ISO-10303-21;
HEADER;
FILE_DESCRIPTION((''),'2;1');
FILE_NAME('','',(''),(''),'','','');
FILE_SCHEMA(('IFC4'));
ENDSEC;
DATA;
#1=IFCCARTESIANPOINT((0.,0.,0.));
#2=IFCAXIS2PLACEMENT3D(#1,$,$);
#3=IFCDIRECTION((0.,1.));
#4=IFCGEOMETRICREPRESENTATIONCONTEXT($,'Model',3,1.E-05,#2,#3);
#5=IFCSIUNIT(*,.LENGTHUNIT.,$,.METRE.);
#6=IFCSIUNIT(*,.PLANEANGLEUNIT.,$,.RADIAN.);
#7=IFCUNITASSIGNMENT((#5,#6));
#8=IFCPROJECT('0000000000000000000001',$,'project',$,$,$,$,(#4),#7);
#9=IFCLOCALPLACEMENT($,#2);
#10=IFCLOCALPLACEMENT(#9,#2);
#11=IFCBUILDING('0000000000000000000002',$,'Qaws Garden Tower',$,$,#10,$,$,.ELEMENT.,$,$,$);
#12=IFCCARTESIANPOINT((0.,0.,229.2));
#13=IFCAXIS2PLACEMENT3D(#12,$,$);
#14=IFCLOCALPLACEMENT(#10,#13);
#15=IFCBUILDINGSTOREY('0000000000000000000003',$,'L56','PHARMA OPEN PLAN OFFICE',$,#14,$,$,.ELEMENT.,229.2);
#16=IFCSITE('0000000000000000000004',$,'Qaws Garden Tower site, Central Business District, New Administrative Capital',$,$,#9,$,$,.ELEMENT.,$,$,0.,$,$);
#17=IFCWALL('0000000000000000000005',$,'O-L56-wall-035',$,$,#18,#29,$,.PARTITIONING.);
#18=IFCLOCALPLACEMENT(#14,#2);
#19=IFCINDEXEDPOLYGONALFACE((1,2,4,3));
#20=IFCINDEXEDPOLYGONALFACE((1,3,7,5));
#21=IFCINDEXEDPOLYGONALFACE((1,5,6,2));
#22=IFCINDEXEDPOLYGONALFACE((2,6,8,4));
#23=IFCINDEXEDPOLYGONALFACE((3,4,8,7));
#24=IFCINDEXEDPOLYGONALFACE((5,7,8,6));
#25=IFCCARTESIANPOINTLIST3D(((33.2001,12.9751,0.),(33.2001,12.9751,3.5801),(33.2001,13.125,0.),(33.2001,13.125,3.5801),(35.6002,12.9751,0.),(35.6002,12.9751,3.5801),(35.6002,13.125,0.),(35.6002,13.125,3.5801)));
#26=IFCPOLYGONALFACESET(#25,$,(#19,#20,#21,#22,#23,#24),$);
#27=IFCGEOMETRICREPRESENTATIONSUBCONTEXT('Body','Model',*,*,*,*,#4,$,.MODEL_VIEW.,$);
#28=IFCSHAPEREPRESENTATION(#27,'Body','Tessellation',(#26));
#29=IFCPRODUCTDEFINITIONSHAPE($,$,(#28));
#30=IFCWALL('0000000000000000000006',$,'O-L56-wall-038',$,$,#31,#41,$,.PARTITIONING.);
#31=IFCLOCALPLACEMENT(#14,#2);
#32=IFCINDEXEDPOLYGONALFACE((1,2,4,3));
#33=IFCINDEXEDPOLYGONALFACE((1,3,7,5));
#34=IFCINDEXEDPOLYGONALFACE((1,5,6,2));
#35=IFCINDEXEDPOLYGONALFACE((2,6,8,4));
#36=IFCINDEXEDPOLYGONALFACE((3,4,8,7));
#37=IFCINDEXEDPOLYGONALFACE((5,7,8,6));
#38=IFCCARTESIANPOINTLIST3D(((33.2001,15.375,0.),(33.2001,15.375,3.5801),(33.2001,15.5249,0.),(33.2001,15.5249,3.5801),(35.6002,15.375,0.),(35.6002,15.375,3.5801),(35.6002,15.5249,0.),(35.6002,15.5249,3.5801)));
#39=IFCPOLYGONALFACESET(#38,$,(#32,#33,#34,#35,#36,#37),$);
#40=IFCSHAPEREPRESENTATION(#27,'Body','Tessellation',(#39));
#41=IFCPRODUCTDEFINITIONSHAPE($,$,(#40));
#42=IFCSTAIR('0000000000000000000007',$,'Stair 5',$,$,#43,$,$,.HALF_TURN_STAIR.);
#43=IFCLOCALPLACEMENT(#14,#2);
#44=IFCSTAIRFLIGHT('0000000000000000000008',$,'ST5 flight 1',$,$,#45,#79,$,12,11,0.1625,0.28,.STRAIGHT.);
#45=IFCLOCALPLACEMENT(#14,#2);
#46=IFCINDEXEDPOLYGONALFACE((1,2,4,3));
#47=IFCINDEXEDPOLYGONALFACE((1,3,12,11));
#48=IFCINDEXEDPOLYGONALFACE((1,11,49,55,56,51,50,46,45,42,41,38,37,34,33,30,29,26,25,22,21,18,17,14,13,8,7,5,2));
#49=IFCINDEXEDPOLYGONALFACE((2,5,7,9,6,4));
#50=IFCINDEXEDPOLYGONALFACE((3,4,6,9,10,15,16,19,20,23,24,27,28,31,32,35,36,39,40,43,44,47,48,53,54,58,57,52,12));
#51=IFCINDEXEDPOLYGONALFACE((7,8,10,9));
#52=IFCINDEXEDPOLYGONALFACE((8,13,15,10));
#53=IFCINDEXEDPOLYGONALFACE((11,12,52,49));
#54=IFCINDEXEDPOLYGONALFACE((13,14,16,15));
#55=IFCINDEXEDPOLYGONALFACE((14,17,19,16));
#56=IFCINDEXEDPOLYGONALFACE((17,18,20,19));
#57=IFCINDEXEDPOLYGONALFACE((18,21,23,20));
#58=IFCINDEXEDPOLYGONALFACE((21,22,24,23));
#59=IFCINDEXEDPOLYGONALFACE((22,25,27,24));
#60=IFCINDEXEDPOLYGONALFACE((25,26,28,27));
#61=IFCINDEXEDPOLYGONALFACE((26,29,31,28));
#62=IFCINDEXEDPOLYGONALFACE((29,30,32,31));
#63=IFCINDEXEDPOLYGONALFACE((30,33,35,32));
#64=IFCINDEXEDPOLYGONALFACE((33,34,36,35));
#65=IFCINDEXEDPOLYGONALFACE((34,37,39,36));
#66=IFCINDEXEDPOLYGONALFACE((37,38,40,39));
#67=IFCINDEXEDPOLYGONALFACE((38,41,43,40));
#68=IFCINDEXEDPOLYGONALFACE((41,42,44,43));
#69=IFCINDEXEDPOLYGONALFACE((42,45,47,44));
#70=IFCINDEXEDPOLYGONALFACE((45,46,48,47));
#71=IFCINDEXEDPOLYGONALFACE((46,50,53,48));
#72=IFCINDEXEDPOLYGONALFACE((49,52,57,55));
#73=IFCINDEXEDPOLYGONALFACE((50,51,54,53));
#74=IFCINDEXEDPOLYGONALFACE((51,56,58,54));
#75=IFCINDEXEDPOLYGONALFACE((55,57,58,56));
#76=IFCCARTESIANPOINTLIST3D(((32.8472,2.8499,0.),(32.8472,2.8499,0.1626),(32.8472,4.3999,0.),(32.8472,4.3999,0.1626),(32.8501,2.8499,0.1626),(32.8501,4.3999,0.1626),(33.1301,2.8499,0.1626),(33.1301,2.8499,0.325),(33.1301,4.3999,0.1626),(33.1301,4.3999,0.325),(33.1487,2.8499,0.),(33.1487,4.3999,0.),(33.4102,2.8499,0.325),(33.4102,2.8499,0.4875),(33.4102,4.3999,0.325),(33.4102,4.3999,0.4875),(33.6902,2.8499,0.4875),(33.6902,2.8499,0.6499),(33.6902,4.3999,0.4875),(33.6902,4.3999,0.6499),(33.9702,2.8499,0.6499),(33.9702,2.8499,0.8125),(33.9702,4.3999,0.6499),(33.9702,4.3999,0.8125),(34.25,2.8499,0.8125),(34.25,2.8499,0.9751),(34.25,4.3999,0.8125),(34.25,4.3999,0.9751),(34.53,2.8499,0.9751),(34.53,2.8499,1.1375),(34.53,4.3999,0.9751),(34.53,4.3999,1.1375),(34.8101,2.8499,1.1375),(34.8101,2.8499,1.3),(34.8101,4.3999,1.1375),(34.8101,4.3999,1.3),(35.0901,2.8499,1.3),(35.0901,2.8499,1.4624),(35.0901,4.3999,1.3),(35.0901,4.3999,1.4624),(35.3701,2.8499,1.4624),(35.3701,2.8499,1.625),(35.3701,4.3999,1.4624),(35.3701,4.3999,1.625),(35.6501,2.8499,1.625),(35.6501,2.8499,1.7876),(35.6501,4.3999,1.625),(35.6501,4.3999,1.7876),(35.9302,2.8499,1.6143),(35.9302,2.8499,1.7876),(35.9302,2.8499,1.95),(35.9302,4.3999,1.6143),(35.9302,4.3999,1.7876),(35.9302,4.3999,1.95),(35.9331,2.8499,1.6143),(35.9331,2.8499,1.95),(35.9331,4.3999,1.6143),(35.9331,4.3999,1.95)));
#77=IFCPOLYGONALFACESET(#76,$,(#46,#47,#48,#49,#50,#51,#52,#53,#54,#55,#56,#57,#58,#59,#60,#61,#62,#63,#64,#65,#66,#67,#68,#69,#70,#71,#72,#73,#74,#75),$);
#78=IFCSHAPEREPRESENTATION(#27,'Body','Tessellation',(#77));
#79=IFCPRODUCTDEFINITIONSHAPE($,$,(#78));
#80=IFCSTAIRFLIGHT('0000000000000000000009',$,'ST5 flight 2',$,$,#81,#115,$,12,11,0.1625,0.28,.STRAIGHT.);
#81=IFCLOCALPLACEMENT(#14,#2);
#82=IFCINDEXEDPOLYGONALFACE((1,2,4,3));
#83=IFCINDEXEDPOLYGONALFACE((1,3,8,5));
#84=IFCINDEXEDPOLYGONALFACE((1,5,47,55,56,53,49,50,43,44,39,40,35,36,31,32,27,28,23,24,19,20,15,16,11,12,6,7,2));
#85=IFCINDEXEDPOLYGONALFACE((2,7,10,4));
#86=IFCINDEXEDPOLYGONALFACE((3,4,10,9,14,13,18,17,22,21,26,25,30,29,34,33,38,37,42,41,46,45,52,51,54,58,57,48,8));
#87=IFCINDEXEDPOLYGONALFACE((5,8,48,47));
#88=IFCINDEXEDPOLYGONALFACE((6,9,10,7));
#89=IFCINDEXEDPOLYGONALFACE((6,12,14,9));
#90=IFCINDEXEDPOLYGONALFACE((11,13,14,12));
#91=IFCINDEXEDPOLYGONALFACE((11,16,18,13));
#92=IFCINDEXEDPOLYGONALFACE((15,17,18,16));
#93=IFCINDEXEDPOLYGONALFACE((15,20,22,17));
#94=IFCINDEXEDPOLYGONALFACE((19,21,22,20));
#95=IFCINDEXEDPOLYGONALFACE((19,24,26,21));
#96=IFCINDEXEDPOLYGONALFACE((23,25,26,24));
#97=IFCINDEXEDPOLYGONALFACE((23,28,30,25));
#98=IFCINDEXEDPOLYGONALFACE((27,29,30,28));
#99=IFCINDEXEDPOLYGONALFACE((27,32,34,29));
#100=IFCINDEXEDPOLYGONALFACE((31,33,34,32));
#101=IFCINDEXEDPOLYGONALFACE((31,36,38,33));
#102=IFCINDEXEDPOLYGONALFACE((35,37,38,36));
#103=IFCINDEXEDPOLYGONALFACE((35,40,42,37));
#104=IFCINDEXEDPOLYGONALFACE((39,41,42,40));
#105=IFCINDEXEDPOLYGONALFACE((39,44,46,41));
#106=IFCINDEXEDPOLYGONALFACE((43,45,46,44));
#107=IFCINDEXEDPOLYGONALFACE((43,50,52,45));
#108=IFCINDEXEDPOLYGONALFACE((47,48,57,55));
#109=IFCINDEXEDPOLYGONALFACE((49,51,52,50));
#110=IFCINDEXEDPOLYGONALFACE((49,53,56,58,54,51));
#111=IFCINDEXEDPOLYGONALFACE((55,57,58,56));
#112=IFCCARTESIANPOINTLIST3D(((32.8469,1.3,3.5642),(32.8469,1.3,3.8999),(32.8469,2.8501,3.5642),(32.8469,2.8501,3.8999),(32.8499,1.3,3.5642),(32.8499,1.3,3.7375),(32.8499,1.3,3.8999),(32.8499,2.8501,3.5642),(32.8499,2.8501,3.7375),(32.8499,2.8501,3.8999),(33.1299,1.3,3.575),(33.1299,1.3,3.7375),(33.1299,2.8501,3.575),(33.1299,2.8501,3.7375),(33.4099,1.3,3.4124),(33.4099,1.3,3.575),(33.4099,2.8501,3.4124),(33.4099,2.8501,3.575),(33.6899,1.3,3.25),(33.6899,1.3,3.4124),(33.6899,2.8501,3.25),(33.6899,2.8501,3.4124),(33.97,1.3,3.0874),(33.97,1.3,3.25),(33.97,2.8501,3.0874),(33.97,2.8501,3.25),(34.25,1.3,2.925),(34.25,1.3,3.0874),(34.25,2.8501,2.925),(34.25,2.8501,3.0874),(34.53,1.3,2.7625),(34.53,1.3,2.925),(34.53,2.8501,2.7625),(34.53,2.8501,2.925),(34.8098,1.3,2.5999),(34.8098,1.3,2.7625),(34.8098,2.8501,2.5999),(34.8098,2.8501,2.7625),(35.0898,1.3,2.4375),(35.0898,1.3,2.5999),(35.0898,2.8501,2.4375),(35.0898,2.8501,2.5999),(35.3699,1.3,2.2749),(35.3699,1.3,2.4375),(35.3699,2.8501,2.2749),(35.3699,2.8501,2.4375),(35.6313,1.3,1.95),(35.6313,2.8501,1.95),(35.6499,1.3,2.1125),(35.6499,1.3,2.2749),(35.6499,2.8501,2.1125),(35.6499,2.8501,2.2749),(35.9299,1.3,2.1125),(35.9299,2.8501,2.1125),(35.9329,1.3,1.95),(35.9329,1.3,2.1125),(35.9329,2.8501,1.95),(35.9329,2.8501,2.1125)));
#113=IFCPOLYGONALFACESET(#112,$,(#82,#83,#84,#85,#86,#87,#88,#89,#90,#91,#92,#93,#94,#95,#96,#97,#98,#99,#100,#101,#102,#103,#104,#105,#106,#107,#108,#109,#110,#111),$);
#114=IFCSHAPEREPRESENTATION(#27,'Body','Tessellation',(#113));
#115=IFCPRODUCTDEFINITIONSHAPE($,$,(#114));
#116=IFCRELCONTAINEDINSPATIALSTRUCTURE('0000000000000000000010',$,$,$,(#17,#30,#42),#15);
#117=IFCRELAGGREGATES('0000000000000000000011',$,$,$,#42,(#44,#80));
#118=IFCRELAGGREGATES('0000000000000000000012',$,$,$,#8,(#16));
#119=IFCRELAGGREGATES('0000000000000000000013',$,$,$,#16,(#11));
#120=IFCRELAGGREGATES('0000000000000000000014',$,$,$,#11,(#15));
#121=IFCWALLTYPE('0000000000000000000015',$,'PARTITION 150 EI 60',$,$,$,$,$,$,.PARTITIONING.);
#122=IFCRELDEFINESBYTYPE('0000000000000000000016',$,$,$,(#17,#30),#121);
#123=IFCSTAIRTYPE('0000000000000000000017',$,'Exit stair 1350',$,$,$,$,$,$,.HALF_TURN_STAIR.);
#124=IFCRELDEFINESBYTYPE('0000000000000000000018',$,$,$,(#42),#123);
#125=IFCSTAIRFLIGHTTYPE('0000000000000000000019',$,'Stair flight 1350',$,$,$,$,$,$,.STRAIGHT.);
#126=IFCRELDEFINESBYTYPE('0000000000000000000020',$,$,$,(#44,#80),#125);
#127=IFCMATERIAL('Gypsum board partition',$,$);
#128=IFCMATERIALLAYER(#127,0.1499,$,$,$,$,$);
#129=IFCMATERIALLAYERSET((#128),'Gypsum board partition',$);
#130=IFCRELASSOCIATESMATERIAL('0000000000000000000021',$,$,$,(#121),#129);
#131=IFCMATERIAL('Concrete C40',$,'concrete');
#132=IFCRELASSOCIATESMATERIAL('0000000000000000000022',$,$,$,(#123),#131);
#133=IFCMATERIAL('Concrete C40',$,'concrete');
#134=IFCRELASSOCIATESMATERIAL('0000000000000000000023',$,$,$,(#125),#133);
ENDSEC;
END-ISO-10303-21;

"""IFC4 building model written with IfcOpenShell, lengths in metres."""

from ifc_helpers import new_model, si_unit, direction, frame, frame_2d, origin, place, context, subcontext, project, spatial, polyline, rectangle, outline, extrude, material, layer, layer_set, type_object, element, aggregate, save


model = new_model("IFC4")

# Units and contexts
model_context = context("Model", 3, precision=1e-05, world=origin(), true_north=direction((0.0, 1.0)))
body_context = subcontext(model_context, "Body", "Model", "MODEL_VIEW")
ifc_project = project(units=[si_unit("LENGTHUNIT", "METRE"), si_unit("PLANEANGLEUNIT", "RADIAN")], contexts=[model_context])

# Site, building, storey
site_placement = place(None, origin())
site = spatial("IfcSite", under=ifc_project, at=site_placement, Name="Qaws Garden Tower site, Central Business District, New Administrative Capital", CompositionType="ELEMENT", RefElevation=0.0)
building_placement = place(site_placement, origin())
building = spatial("IfcBuilding", under=site, at=building_placement, Name="Qaws Garden Tower", CompositionType="ELEMENT")
storey_placement = place(building_placement, frame((0.0, 0.0, 229.2)))
storey = spatial("IfcBuildingStorey", under=building, at=storey_placement, Name="L56", Description="PHARMA OPEN PLAN OFFICE", CompositionType="ELEMENT", Elevation=229.2)

# Shared definitions
ifc_material_1 = material(Name="Gypsum board partition")
ifc_layer_1 = layer(ifc_material_1, 0.1499)
ifc_layer_set_1 = layer_set([ifc_layer_1], Name="Gypsum board partition")
wall_type_1 = type_object("IfcWallType", Name="PARTITION 150 EI 60", PredefinedType="PARTITIONING", material=ifc_layer_set_1)

# Walls
for number, where, z_axis, x_axis, name in (
    (1, (33.2, 13.05, 0.0), (0.0, 0.0, 1.0), (1.0, 0.0, 0.0), "O-L56-wall-035"),
    (2, (33.2, 15.45, 0.0), (0.0, 0.0, 1.0), (1.0, 0.0, 0.0), "O-L56-wall-038"),
):
    element("IfcWall", number, at=place(storey_placement, frame(where, z_axis=z_axis, x_axis=x_axis)), inside=storey, type_object=wall_type_1, Name=name, PredefinedType="PARTITIONING", context=body_context, shape_type="SweptSolid", body=[
        extrude(rectangle(XDim=2.4001, YDim=0.1499, at=frame_2d((1.2002, 0.0))), origin(), (0.0, 0.0, 1.0), 3.5801),
    ])

# Stair, stair flights
ifc_material_2 = material(Name="Concrete C40", Category="concrete")
stair_type = type_object("IfcStairType", Name="Exit stair 1350", PredefinedType="HALF_TURN_STAIR", material=ifc_material_2)
stair_placement = place(storey_placement, origin())
stair = element("IfcStair", 3, at=stair_placement, inside=storey, type_object=stair_type, Name="Stair 5", PredefinedType="HALF_TURN_STAIR")
ifc_material_3 = material(Name="Concrete C40", Category="concrete")
stair_flight_type = type_object("IfcStairFlightType", Name="Stair flight 1350", PredefinedType="STRAIGHT", material=ifc_material_3)
stair_flight_1_placement = place(storey_placement, frame((32.8501, 3.625, 0.0), z_axis=(0.0, 0.0, 1.0), x_axis=(1.0, 0.0, 0.0)))
stair_flight_1 = element("IfcStairFlight", 4, at=stair_flight_1_placement, type_object=stair_flight_type, Name="ST5 flight 1", NumberOfRisers=12, NumberOfTreads=11, PredefinedType="STRAIGHT", RiserHeight=0.1625, TreadLength=0.28, context=body_context, shape_type="SweptSolid", body=[
    extrude(outline(polyline([(-0.0029, 0.0), (-0.0029, 0.1626), (0.0, 0.1626), (0.28, 0.1626), (0.28, 0.325), (0.5601, 0.325), (0.5601, 0.4875), (0.8401, 0.4875), (0.8401, 0.6499), (1.1201, 0.6499), (1.1201, 0.8125), (1.3999, 0.8125), (1.3999, 0.9751), (1.6799, 0.9751), (1.6799, 1.1375), (1.96, 1.1375), (1.96, 1.3), (2.24, 1.3), (2.24, 1.4624), (2.52, 1.4624), (2.52, 1.625), (2.8, 1.625), (2.8, 1.7876), (3.0801, 1.7876), (3.0801, 1.95), (3.083, 1.95), (3.083, 1.6143), (3.0801, 1.6143), (0.2986, 0.0), (-0.0029, 0.0)])), frame((0.0, 0.7749, 0.0), z_axis=(0.0, -1.0, 0.0), x_axis=(1.0, 0.0, 0.0)), (0.0, 0.0, 1.0), 1.55),
])
stair_flight_2_placement = place(storey_placement, frame((35.9299, 2.075, 1.95), z_axis=(0.0, 0.0, 1.0), x_axis=(-1.0, 0.0, 0.0)))
stair_flight_2 = element("IfcStairFlight", 5, at=stair_flight_2_placement, type_object=stair_flight_type, Name="ST5 flight 2", NumberOfRisers=12, NumberOfTreads=11, PredefinedType="STRAIGHT", RiserHeight=0.1625, TreadLength=0.28, context=body_context, shape_type="SweptSolid", body=[
    extrude(outline(polyline([(-0.0029, 0.0), (-0.0029, 0.1626), (0.0, 0.1626), (0.28, 0.1626), (0.28, 0.325), (0.5601, 0.325), (0.5601, 0.4875), (0.8401, 0.4875), (0.8401, 0.6499), (1.1201, 0.6499), (1.1201, 0.8125), (1.3999, 0.8125), (1.3999, 0.9751), (1.6799, 0.9751), (1.6799, 1.1375), (1.96, 1.1375), (1.96, 1.3), (2.24, 1.3), (2.24, 1.4624), (2.52, 1.4624), (2.52, 1.625), (2.8, 1.625), (2.8, 1.7876), (3.0801, 1.7876), (3.0801, 1.95), (3.083, 1.95), (3.083, 1.6143), (3.0801, 1.6143), (0.2986, 0.0), (-0.0029, 0.0)])), frame((0.0, 0.7749, 0.0), z_axis=(0.0, -1.0, 0.0), x_axis=(1.0, 0.0, 0.0)), (0.0, 0.0, 1.0), 1.55),
])
aggregate(stair, [stair_flight_1, stair_flight_2])

save(model, "model.ifc")
